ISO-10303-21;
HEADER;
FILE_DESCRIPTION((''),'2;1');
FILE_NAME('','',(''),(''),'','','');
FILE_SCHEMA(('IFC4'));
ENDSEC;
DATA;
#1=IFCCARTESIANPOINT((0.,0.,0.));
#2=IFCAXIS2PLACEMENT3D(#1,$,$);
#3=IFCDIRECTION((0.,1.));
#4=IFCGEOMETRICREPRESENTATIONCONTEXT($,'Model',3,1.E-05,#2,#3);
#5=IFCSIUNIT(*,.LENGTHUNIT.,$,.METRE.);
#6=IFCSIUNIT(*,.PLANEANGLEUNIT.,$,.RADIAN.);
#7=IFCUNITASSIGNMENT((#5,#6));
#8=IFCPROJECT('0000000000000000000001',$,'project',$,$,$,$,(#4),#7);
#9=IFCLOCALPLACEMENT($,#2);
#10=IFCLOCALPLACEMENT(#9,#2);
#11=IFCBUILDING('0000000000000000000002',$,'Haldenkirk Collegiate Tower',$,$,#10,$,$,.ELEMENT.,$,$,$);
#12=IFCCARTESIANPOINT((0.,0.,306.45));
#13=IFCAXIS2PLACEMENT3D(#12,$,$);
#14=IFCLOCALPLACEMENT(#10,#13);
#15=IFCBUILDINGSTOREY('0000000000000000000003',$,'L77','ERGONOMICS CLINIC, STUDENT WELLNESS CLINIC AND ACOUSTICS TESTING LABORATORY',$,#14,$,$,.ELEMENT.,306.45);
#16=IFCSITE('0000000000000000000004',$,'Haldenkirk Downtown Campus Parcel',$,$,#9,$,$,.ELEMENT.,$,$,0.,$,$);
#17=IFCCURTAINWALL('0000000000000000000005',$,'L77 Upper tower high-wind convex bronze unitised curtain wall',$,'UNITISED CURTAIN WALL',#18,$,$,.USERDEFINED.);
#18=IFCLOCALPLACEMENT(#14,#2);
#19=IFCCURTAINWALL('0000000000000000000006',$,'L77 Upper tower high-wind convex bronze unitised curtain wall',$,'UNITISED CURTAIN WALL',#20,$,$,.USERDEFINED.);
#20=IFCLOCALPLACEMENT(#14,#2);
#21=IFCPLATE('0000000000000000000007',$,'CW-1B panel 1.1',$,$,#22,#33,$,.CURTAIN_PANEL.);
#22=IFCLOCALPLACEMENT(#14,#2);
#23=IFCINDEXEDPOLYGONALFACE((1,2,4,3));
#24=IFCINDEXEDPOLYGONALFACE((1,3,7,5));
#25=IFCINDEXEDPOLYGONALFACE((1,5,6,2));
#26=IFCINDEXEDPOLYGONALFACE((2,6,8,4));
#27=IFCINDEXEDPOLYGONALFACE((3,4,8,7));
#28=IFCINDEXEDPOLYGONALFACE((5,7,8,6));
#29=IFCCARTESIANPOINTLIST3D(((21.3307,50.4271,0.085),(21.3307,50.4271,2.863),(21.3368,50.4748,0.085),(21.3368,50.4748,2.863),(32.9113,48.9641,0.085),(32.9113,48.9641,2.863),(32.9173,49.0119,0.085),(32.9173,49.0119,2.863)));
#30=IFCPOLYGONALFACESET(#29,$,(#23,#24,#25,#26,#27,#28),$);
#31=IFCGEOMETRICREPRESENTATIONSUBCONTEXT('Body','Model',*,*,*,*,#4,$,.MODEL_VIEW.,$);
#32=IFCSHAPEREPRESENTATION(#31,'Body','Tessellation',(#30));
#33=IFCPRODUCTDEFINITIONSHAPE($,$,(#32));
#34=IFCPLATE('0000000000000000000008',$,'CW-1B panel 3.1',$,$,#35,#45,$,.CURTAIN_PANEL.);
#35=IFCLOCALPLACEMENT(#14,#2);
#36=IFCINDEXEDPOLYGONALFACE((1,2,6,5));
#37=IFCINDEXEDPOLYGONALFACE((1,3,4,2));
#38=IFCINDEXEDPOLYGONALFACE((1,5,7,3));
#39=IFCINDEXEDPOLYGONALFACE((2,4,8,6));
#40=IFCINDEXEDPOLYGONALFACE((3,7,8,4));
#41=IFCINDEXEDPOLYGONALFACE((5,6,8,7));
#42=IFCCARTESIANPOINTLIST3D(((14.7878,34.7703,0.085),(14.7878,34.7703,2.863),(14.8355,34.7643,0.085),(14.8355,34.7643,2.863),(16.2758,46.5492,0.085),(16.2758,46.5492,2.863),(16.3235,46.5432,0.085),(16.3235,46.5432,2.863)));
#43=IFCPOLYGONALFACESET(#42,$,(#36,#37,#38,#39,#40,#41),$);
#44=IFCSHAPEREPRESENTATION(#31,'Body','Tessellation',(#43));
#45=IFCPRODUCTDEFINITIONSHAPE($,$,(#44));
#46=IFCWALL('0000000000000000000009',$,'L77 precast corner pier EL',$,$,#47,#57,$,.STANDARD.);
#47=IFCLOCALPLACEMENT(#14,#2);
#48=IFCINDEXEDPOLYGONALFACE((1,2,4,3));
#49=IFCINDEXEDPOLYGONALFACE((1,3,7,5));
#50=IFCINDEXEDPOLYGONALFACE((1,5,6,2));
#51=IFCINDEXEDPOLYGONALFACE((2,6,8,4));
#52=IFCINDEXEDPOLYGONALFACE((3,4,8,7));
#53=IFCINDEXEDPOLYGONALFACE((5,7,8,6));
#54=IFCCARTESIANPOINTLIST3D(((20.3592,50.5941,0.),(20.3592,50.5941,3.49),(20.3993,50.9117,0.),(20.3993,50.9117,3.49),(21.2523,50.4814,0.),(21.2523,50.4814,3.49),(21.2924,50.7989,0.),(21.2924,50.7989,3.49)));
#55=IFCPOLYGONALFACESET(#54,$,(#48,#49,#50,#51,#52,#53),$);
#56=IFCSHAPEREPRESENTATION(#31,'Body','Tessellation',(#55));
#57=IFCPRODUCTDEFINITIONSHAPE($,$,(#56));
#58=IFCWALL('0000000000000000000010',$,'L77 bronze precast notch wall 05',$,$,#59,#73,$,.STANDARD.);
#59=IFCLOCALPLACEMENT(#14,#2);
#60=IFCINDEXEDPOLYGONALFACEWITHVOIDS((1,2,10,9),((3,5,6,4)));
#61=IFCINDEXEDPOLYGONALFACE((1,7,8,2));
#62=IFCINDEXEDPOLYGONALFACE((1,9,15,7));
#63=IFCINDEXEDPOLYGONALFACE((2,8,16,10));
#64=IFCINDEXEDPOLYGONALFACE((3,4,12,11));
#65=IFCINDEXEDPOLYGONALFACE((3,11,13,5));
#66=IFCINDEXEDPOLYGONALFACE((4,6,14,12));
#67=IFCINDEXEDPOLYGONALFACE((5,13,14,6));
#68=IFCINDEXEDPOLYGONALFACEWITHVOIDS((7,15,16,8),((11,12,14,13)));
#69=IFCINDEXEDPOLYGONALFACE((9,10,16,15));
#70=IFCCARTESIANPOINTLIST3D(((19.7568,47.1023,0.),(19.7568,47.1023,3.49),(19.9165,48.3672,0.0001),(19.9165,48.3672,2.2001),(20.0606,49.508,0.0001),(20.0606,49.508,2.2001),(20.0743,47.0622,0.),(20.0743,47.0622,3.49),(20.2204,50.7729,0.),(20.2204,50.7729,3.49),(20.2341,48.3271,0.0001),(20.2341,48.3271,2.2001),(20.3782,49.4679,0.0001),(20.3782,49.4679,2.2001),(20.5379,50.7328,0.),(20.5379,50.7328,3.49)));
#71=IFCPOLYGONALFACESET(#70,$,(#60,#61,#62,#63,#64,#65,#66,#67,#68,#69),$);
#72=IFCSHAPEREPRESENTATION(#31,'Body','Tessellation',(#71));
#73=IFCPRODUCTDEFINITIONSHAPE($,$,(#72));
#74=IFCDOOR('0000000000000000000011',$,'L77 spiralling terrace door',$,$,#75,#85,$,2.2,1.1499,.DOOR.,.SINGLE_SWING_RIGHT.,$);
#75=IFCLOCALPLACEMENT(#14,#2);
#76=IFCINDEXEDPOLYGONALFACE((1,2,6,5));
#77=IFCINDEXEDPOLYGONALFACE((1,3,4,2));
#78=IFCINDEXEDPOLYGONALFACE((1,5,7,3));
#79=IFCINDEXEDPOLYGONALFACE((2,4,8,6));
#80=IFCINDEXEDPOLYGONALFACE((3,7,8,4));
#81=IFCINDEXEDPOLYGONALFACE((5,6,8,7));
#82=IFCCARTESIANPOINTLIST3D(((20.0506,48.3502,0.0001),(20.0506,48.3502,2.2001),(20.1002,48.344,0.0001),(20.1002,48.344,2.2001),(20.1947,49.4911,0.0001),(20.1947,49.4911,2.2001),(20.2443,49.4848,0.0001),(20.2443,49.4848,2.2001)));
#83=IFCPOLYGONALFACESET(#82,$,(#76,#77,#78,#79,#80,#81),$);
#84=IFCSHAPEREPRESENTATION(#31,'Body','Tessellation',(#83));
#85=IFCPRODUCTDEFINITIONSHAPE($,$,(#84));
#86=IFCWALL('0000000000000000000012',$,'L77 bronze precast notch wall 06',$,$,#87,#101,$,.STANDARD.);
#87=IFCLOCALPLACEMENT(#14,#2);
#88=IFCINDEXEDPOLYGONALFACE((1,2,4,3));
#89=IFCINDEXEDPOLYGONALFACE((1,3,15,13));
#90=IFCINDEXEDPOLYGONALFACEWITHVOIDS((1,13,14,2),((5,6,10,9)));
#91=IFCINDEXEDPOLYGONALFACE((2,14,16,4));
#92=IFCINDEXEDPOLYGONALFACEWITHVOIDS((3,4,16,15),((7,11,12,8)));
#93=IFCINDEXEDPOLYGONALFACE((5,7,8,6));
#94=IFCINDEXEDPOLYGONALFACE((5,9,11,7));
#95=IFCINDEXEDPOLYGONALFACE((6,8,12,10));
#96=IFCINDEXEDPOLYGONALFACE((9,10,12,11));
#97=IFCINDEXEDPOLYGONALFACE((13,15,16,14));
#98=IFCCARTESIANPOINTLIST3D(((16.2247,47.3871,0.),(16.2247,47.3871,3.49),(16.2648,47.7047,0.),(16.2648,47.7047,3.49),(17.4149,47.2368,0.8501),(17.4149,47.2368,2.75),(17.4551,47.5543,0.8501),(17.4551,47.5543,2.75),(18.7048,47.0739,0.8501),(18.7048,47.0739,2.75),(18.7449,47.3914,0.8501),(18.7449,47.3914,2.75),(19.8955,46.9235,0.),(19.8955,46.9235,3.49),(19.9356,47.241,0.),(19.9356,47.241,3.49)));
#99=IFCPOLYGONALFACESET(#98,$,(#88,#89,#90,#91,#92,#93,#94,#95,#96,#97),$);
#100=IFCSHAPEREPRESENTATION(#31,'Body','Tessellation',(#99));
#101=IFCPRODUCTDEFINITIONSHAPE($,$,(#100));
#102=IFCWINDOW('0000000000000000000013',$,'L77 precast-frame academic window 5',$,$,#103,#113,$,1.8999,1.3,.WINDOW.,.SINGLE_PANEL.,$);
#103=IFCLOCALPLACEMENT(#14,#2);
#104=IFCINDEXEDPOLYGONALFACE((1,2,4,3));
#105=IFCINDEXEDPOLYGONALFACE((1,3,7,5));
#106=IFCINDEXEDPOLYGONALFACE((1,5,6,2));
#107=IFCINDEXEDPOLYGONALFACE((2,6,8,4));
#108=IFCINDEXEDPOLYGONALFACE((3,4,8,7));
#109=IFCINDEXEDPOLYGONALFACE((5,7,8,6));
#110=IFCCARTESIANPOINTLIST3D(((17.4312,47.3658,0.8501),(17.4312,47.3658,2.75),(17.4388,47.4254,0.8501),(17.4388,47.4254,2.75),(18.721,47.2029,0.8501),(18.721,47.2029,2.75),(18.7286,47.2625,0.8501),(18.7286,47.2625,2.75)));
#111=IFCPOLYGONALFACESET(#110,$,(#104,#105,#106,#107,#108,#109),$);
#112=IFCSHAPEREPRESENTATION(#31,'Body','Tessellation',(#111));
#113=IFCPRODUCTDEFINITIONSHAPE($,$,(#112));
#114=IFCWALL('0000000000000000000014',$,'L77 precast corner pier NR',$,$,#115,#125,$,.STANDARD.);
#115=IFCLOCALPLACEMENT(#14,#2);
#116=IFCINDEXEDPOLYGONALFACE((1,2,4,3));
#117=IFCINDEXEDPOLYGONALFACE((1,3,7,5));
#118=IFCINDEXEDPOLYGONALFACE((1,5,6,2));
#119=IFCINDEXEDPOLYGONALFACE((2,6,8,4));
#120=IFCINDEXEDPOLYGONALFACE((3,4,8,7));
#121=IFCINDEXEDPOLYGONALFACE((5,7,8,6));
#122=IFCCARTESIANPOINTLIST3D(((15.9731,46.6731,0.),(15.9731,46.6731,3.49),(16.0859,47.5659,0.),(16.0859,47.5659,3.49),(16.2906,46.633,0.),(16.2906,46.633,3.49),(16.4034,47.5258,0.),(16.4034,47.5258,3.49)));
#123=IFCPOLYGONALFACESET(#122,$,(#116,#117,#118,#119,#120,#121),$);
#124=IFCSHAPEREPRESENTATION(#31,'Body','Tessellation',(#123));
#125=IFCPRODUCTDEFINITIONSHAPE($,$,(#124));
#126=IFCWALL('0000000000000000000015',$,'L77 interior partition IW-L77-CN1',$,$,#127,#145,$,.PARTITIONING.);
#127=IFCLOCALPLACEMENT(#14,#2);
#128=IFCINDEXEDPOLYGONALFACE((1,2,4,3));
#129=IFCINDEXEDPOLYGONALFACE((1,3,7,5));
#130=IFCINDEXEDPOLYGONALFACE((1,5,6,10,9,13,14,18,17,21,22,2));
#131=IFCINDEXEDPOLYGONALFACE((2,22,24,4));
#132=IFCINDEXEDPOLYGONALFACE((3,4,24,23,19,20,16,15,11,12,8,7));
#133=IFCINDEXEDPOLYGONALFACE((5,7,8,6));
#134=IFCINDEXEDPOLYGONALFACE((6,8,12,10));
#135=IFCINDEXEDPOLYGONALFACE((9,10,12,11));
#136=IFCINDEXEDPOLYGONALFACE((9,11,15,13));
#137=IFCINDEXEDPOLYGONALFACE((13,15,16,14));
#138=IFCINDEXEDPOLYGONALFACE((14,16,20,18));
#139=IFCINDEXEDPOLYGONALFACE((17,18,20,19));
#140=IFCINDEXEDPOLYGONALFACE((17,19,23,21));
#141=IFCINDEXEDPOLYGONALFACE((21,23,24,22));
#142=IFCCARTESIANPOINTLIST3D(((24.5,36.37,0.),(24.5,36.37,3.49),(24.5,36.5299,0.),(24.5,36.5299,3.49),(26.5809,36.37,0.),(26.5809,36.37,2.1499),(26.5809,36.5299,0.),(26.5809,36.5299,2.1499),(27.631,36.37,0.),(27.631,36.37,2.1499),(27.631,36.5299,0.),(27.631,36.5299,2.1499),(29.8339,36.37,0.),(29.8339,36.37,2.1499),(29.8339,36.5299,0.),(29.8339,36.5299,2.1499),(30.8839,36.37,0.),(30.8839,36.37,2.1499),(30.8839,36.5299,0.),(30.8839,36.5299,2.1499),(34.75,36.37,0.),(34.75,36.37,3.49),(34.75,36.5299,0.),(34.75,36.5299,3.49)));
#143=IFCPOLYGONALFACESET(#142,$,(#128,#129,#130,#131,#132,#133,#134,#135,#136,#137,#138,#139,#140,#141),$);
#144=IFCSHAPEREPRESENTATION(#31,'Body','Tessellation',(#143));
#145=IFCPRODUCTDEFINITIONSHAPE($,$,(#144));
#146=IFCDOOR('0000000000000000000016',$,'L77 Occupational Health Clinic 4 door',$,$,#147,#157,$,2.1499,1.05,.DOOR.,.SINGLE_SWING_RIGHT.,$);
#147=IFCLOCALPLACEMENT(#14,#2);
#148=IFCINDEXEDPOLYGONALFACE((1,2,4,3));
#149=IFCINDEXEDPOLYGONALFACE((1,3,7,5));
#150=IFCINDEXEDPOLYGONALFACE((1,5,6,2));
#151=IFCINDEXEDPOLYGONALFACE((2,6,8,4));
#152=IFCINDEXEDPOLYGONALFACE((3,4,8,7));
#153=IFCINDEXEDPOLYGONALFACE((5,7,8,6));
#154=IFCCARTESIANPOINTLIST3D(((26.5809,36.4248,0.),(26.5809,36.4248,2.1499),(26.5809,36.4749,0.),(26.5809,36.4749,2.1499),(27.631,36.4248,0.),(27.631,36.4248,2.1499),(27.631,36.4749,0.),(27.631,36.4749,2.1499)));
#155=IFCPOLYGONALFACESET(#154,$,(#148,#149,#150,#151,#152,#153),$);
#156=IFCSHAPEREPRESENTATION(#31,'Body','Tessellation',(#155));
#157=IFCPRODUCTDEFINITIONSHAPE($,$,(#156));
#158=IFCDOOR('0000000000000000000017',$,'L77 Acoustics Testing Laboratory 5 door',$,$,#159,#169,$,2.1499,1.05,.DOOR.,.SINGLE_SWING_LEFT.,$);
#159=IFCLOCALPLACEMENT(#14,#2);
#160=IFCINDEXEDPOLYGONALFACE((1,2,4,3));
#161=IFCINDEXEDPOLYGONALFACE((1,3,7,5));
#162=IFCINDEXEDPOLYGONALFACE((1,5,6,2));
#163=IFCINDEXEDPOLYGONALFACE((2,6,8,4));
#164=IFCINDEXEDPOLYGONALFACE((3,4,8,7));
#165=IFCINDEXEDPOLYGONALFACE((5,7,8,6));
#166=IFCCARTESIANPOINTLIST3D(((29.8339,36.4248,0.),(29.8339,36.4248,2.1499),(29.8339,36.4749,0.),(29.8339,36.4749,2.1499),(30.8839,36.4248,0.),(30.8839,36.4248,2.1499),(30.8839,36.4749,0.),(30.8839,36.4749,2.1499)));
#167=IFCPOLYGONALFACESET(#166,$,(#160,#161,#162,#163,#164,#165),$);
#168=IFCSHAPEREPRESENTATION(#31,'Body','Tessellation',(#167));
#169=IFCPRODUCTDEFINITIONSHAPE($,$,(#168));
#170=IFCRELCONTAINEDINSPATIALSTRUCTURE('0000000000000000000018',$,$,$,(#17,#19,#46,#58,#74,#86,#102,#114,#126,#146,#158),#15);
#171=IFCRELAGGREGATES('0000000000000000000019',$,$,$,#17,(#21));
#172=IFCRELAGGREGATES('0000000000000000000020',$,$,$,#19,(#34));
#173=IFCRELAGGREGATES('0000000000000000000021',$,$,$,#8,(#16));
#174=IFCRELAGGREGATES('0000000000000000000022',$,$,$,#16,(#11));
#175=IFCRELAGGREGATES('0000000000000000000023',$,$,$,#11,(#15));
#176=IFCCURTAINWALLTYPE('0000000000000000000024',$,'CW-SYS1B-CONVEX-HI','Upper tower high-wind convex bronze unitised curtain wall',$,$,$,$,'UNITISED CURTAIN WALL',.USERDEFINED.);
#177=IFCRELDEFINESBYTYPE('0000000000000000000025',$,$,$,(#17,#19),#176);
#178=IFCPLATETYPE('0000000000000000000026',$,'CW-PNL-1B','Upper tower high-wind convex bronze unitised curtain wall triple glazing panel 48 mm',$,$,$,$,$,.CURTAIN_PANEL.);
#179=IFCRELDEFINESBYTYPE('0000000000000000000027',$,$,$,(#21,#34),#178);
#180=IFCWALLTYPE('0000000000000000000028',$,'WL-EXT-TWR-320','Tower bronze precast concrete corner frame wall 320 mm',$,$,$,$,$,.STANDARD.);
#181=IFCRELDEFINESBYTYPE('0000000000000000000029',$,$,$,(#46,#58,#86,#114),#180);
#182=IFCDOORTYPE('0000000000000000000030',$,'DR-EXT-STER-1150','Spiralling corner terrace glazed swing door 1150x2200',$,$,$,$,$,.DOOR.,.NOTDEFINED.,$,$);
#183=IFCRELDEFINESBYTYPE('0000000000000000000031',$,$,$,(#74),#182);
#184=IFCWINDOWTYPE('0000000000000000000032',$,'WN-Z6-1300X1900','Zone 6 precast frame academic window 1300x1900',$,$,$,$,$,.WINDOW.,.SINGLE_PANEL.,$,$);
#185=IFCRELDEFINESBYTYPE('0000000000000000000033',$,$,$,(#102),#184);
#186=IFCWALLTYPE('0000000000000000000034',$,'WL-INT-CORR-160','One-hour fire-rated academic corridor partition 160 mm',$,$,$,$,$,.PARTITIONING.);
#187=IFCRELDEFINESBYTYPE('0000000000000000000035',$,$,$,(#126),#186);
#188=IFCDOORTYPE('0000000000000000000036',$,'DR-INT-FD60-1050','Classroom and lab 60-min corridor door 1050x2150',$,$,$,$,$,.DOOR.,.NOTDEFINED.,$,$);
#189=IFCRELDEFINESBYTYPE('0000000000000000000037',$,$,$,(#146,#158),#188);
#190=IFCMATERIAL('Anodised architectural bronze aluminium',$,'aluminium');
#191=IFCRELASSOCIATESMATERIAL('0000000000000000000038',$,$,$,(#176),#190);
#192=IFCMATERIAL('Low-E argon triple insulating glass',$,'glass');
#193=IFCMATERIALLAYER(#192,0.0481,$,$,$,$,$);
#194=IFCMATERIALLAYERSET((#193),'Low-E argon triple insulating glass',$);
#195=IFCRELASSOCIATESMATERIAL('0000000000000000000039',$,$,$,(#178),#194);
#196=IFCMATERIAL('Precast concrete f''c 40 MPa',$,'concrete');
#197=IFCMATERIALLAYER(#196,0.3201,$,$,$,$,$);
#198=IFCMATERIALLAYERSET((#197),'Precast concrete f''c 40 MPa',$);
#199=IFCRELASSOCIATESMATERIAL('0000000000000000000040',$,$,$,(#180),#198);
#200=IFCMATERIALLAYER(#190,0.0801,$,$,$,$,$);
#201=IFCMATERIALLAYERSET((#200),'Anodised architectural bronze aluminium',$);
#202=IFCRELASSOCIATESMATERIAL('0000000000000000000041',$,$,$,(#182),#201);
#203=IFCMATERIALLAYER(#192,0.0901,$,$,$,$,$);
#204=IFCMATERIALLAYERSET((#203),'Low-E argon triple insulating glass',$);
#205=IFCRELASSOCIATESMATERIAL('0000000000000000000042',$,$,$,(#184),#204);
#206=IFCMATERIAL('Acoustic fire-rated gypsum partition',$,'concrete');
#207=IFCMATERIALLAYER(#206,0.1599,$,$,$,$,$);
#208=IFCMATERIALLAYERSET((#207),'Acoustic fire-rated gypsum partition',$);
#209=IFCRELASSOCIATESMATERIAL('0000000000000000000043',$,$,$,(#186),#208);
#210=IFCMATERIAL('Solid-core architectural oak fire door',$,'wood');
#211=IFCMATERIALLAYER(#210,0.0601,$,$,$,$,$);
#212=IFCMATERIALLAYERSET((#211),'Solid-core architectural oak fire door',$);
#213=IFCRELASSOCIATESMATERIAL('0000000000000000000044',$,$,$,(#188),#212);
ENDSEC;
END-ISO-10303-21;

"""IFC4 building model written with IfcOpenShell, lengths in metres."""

from ifc_helpers import new_model, si_unit, direction, frame, frame_2d, origin, origin_2d, place, context, subcontext, project, spatial, rectangle, extrude, source, transform, mapped, material, layer, layer_set, type_object, element, fill, aggregate, save


model = new_model("IFC4")

# Units and contexts
model_context = context("Model", 3, precision=1e-05, world=origin(), true_north=direction((0.0, 1.0)))
body_context = subcontext(model_context, "Body", "Model", "MODEL_VIEW")
ifc_project = project(units=[si_unit("LENGTHUNIT", "METRE"), si_unit("PLANEANGLEUNIT", "RADIAN")], contexts=[model_context])

# Site, building, storey
site_placement = place(None, origin())
site = spatial("IfcSite", under=ifc_project, at=site_placement, Name="Haldenkirk Downtown Campus Parcel", CompositionType="ELEMENT", RefElevation=0.0)
building_placement = place(site_placement, origin())
building = spatial("IfcBuilding", under=site, at=building_placement, Name="Haldenkirk Collegiate Tower", CompositionType="ELEMENT")
storey_placement = place(building_placement, frame((0.0, 0.0, 306.45)))
storey = spatial("IfcBuildingStorey", under=building, at=storey_placement, Name="L77", Description="ERGONOMICS CLINIC, STUDENT WELLNESS CLINIC AND ACOUSTICS TESTING LABORATORY", CompositionType="ELEMENT", Elevation=306.45)

# Curtain wall
ifc_material_1 = material(Name="Anodised architectural bronze aluminium", Category="aluminium")
curtain_wall_type = type_object("IfcCurtainWallType", Name="CW-SYS1B-CONVEX-HI", Description="Upper tower high-wind convex bronze unitised curtain wall", ElementType="UNITISED CURTAIN WALL", PredefinedType="USERDEFINED", material=ifc_material_1)
curtain_wall_1_placement = place(storey_placement, origin())
curtain_wall_1 = element("IfcCurtainWall", 1, at=curtain_wall_1_placement, inside=storey, type_object=curtain_wall_type, Name="L77 Upper tower high-wind convex bronze unitised curtain wall", ObjectType="UNITISED CURTAIN WALL", PredefinedType="USERDEFINED")

# Curtain wall
curtain_wall_2_placement = place(storey_placement, origin())
curtain_wall_2 = element("IfcCurtainWall", 2, at=curtain_wall_2_placement, inside=storey, type_object=curtain_wall_type, Name="L77 Upper tower high-wind convex bronze unitised curtain wall", ObjectType="UNITISED CURTAIN WALL", PredefinedType="USERDEFINED")

# Plates
ifc_material_2 = material(Name="Low-E argon triple insulating glass", Category="glass")
ifc_layer_1 = layer(ifc_material_2, 0.0481)
ifc_layer_set_1 = layer_set([ifc_layer_1], Name="Low-E argon triple insulating glass")
plate_type = type_object("IfcPlateType", Name="CW-PNL-1B", Description="Upper tower high-wind convex bronze unitised curtain wall triple glazing panel 48 mm", PredefinedType="CURTAIN_PANEL", material=ifc_layer_set_1)
shared_shape_1 = source(origin(), body_context, "Body", "SweptSolid", [
    extrude(rectangle(XDim=11.6726, YDim=0.0481, at=origin_2d()), origin(), (0.0, 0.0, 1.0), 2.7781),
])
plate_1_placement = place(storey_placement, frame((27.124, 49.7195, 0.085), z_axis=(0.0, 0.0, 1.0), x_axis=(0.992115, -0.125333, 0.0)))
plate_1 = element("IfcPlate", 3, at=plate_1_placement, type_object=plate_type, Name="CW-1B panel 1.1", PredefinedType="CURTAIN_PANEL", context=body_context, shape_type="MappedRepresentation", body=[
    mapped(shared_shape_1, transform((0.0, 0.0, 0.0), x_axis=(1.0, 0.0, 0.0), y_axis=(0.0, 1.0, 0.0), z_axis=(0.0, 0.0, 1.0), scale=1.0)),
])
aggregate(curtain_wall_1, [plate_1])
shared_shape_2 = source(origin(), body_context, "Body", "SweptSolid", [
    extrude(rectangle(XDim=11.8726, YDim=0.0481, at=origin_2d()), origin(), (0.0, 0.0, 1.0), 2.7781),
])
plate_2_placement = place(storey_placement, frame((15.5557, 40.6567, 0.085), z_axis=(0.0, 0.0, 1.0), x_axis=(0.125333, 0.992115, 0.0)))
plate_2 = element("IfcPlate", 4, at=plate_2_placement, type_object=plate_type, Name="CW-1B panel 3.1", PredefinedType="CURTAIN_PANEL", context=body_context, shape_type="MappedRepresentation", body=[
    mapped(shared_shape_2, transform((0.0, 0.0, 0.0), x_axis=(1.0, 0.0, 0.0), y_axis=(0.0, 1.0, 0.0), z_axis=(0.0, 0.0, 1.0), scale=1.0)),
])
aggregate(curtain_wall_2, [plate_2])

# Wall
ifc_material_3 = material(Name="Precast concrete f'c 40 MPa", Category="concrete")
ifc_layer_2 = layer(ifc_material_3, 0.3201)
ifc_layer_set_2 = layer_set([ifc_layer_2], Name="Precast concrete f'c 40 MPa")
wall_type_1 = type_object("IfcWallType", Name="WL-EXT-TWR-320", Description="Tower bronze precast concrete corner frame wall 320 mm", PredefinedType="STANDARD", material=ifc_layer_set_2)
wall_1_placement = place(storey_placement, frame((20.3792, 50.7529, 0.0), z_axis=(0.0, 0.0, 1.0), x_axis=(0.992119, -0.125303, 0.0)))
element("IfcWall", 5, at=wall_1_placement, inside=storey, type_object=wall_type_1, Name="L77 precast corner pier EL", PredefinedType="STANDARD", context=body_context, shape_type="SweptSolid", body=[
    extrude(rectangle(XDim=0.9001, YDim=0.3201, at=frame_2d((0.4502, 0.0))), origin(), (0.0, 0.0, 1.0), 3.49),
])

# Wall, opening, door
wall_2_placement = place(storey_placement, frame((19.9155, 47.0823, 0.0), z_axis=(0.0, 0.0, 1.0), x_axis=(0.12531, 0.992118, 0.0)))
wall_2 = element("IfcWall", 6, at=wall_2_placement, inside=storey, type_object=wall_type_1, Name="L77 bronze precast notch wall 05", PredefinedType="STANDARD", context=body_context, shape_type="SweptSolid", body=[
    extrude(rectangle(XDim=3.6997, YDim=0.3201, at=frame_2d((1.8499, 0.0))), origin(), (0.0, 0.0, 1.0), 3.49),
])
opening_1_placement = place(wall_2_placement, frame((1.2749, 0.0, 0.0)))
opening_1 = element("IfcOpeningElement", 7, at=opening_1_placement, cuts=wall_2, PredefinedType="OPENING", context=body_context, shape_type="SweptSolid", body=[
    extrude(rectangle(XDim=1.1499, YDim=2.2, at=frame_2d((0.575, 1.1001))), frame((0.0, 0.1699, 0.0), z_axis=(0.0, -1.0, 0.0), x_axis=(1.0, 0.0, 0.0)), (0.0, 0.0, 1.0), 0.3401),
])
ifc_layer_3 = layer(ifc_material_1, 0.0801)
ifc_layer_set_3 = layer_set([ifc_layer_3], Name="Anodised architectural bronze aluminium")
door_type_1 = type_object("IfcDoorType", Name="DR-EXT-STER-1150", Description="Spiralling corner terrace glazed swing door 1150x2200", OperationType="NOTDEFINED", PredefinedType="DOOR", material=ifc_layer_set_3)
door_1_placement = place(opening_1_placement, origin())
door_1 = element("IfcDoor", 8, at=door_1_placement, inside=storey, type_object=door_type_1, Name="L77 spiralling terrace door", OperationType="SINGLE_SWING_RIGHT", OverallHeight=2.2, OverallWidth=1.1499, PredefinedType="DOOR", context=body_context, shape_type="SweptSolid", body=[
    extrude(rectangle(XDim=1.1499, YDim=2.2, at=frame_2d((0.575, 1.1001))), frame((0.0, 0.0249, 0.0), z_axis=(0.0, -1.0, 0.0), x_axis=(1.0, 0.0, 0.0)), (0.0, 0.0, 1.0), 0.05),
])
fill(opening_1, door_1)

# Wall, opening, window
wall_3_placement = place(storey_placement, frame((16.2446, 47.5459, 0.0), z_axis=(0.0, 0.0, 1.0), x_axis=(0.992119, -0.125302, 0.0)))
wall_3 = element("IfcWall", 9, at=wall_3_placement, inside=storey, type_object=wall_type_1, Name="L77 bronze precast notch wall 06", PredefinedType="STANDARD", context=body_context, shape_type="SweptSolid", body=[
    extrude(rectangle(XDim=3.7, YDim=0.3201, at=frame_2d((1.8501, 0.0))), origin(), (0.0, 0.0, 1.0), 3.49),
])
opening_2_placement = place(wall_3_placement, frame((1.2, 0.0, 0.8501)))
opening_2 = element("IfcOpeningElement", 10, at=opening_2_placement, cuts=wall_3, PredefinedType="OPENING", context=body_context, shape_type="SweptSolid", body=[
    extrude(rectangle(XDim=1.3, YDim=1.8999, at=frame_2d((0.6499, 0.95))), frame((0.0, 0.1699, 0.0), z_axis=(0.0, -1.0, 0.0), x_axis=(1.0, 0.0, 0.0)), (0.0, 0.0, 1.0), 0.3401),
])
ifc_layer_4 = layer(ifc_material_2, 0.0901)
ifc_layer_set_4 = layer_set([ifc_layer_4], Name="Low-E argon triple insulating glass")
window_type = type_object("IfcWindowType", Name="WN-Z6-1300X1900", Description="Zone 6 precast frame academic window 1300x1900", PartitioningType="SINGLE_PANEL", PredefinedType="WINDOW", material=ifc_layer_set_4)
window_placement = place(opening_2_placement, origin())
window = element("IfcWindow", 11, at=window_placement, inside=storey, type_object=window_type, Name="L77 precast-frame academic window 5", OverallHeight=1.8999, OverallWidth=1.3, PartitioningType="SINGLE_PANEL", PredefinedType="WINDOW", context=body_context, shape_type="SweptSolid", body=[
    extrude(rectangle(XDim=1.3, YDim=1.8999, at=frame_2d((0.6499, 0.95))), frame((0.0, 0.03, 0.0), z_axis=(0.0, -1.0, 0.0), x_axis=(1.0, 0.0, 0.0)), (0.0, 0.0, 1.0), 0.0601),
])
fill(opening_2, window)

# Wall
wall_4_placement = place(storey_placement, frame((16.1318, 46.6531, 0.0), z_axis=(0.0, 0.0, 1.0), x_axis=(0.125337, 0.992114, 0.0)))
element("IfcWall", 12, at=wall_4_placement, inside=storey, type_object=wall_type_1, Name="L77 precast corner pier NR", PredefinedType="STANDARD", context=body_context, shape_type="SweptSolid", body=[
    extrude(rectangle(XDim=0.8999, YDim=0.3201, at=frame_2d((0.45, 0.0))), origin(), (0.0, 0.0, 1.0), 3.49),
])

# Wall, openings, doors
ifc_material_4 = material(Name="Acoustic fire-rated gypsum partition", Category="concrete")
ifc_layer_5 = layer(ifc_material_4, 0.1599)
ifc_layer_set_5 = layer_set([ifc_layer_5], Name="Acoustic fire-rated gypsum partition")
wall_type_2 = type_object("IfcWallType", Name="WL-INT-CORR-160", Description="One-hour fire-rated academic corridor partition 160 mm", PredefinedType="PARTITIONING", material=ifc_layer_set_5)
wall_5_placement = place(storey_placement, frame((24.5, 36.45, 0.0), z_axis=(0.0, 0.0, 1.0), x_axis=(1.0, 0.0, 0.0)))
wall_5 = element("IfcWall", 13, at=wall_5_placement, inside=storey, type_object=wall_type_2, Name="L77 interior partition IW-L77-CN1", PredefinedType="PARTITIONING", context=body_context, shape_type="SweptSolid", body=[
    extrude(rectangle(XDim=10.25, YDim=0.1599, at=frame_2d((5.125, 0.0))), origin(), (0.0, 0.0, 1.0), 3.49),
])
opening_3_placement = place(wall_5_placement, frame((2.0811, 0.0, 0.0)))
opening_3 = element("IfcOpeningElement", 14, at=opening_3_placement, cuts=wall_5, PredefinedType="OPENING", context=body_context, shape_type="SweptSolid", body=[
    extrude(rectangle(XDim=1.05, YDim=2.1499, at=frame_2d((0.5249, 1.075))), frame((0.0, 0.0898, 0.0), z_axis=(0.0, -1.0, 0.0), x_axis=(1.0, 0.0, 0.0)), (0.0, 0.0, 1.0), 0.1799),
])
opening_4_placement = place(wall_5_placement, frame((5.334, 0.0, 0.0)))
opening_4 = element("IfcOpeningElement", 15, at=opening_4_placement, cuts=wall_5, PredefinedType="OPENING", context=body_context, shape_type="SweptSolid", body=[
    extrude(rectangle(XDim=1.05, YDim=2.1499, at=frame_2d((0.5249, 1.075))), frame((0.0, 0.0898, 0.0), z_axis=(0.0, -1.0, 0.0), x_axis=(1.0, 0.0, 0.0)), (0.0, 0.0, 1.0), 0.1799),
])
ifc_material_5 = material(Name="Solid-core architectural oak fire door", Category="wood")
ifc_layer_6 = layer(ifc_material_5, 0.0601)
ifc_layer_set_6 = layer_set([ifc_layer_6], Name="Solid-core architectural oak fire door")
door_type_2 = type_object("IfcDoorType", Name="DR-INT-FD60-1050", Description="Classroom and lab 60-min corridor door 1050x2150", OperationType="NOTDEFINED", PredefinedType="DOOR", material=ifc_layer_set_6)
door_2_placement = place(opening_3_placement, origin())
door_2 = element("IfcDoor", 16, at=door_2_placement, inside=storey, type_object=door_type_2, Name="L77 Occupational Health Clinic 4 door", OperationType="SINGLE_SWING_RIGHT", OverallHeight=2.1499, OverallWidth=1.05, PredefinedType="DOOR", context=body_context, shape_type="SweptSolid", body=[
    extrude(rectangle(XDim=1.05, YDim=2.1499, at=frame_2d((0.5249, 1.075))), frame((0.0, 0.0249, 0.0), z_axis=(0.0, -1.0, 0.0), x_axis=(1.0, 0.0, 0.0)), (0.0, 0.0, 1.0), 0.05),
])
fill(opening_3, door_2)
door_3_placement = place(opening_4_placement, origin())
door_3 = element("IfcDoor", 17, at=door_3_placement, inside=storey, type_object=door_type_2, Name="L77 Acoustics Testing Laboratory 5 door", OperationType="SINGLE_SWING_LEFT", OverallHeight=2.1499, OverallWidth=1.05, PredefinedType="DOOR", context=body_context, shape_type="SweptSolid", body=[
    extrude(rectangle(XDim=1.05, YDim=2.1499, at=frame_2d((0.5249, 1.075))), frame((0.0, 0.0249, 0.0), z_axis=(0.0, -1.0, 0.0), x_axis=(1.0, 0.0, 0.0)), (0.0, 0.0, 1.0), 0.05),
])
fill(opening_4, door_3)

save(model, "model.ifc")
